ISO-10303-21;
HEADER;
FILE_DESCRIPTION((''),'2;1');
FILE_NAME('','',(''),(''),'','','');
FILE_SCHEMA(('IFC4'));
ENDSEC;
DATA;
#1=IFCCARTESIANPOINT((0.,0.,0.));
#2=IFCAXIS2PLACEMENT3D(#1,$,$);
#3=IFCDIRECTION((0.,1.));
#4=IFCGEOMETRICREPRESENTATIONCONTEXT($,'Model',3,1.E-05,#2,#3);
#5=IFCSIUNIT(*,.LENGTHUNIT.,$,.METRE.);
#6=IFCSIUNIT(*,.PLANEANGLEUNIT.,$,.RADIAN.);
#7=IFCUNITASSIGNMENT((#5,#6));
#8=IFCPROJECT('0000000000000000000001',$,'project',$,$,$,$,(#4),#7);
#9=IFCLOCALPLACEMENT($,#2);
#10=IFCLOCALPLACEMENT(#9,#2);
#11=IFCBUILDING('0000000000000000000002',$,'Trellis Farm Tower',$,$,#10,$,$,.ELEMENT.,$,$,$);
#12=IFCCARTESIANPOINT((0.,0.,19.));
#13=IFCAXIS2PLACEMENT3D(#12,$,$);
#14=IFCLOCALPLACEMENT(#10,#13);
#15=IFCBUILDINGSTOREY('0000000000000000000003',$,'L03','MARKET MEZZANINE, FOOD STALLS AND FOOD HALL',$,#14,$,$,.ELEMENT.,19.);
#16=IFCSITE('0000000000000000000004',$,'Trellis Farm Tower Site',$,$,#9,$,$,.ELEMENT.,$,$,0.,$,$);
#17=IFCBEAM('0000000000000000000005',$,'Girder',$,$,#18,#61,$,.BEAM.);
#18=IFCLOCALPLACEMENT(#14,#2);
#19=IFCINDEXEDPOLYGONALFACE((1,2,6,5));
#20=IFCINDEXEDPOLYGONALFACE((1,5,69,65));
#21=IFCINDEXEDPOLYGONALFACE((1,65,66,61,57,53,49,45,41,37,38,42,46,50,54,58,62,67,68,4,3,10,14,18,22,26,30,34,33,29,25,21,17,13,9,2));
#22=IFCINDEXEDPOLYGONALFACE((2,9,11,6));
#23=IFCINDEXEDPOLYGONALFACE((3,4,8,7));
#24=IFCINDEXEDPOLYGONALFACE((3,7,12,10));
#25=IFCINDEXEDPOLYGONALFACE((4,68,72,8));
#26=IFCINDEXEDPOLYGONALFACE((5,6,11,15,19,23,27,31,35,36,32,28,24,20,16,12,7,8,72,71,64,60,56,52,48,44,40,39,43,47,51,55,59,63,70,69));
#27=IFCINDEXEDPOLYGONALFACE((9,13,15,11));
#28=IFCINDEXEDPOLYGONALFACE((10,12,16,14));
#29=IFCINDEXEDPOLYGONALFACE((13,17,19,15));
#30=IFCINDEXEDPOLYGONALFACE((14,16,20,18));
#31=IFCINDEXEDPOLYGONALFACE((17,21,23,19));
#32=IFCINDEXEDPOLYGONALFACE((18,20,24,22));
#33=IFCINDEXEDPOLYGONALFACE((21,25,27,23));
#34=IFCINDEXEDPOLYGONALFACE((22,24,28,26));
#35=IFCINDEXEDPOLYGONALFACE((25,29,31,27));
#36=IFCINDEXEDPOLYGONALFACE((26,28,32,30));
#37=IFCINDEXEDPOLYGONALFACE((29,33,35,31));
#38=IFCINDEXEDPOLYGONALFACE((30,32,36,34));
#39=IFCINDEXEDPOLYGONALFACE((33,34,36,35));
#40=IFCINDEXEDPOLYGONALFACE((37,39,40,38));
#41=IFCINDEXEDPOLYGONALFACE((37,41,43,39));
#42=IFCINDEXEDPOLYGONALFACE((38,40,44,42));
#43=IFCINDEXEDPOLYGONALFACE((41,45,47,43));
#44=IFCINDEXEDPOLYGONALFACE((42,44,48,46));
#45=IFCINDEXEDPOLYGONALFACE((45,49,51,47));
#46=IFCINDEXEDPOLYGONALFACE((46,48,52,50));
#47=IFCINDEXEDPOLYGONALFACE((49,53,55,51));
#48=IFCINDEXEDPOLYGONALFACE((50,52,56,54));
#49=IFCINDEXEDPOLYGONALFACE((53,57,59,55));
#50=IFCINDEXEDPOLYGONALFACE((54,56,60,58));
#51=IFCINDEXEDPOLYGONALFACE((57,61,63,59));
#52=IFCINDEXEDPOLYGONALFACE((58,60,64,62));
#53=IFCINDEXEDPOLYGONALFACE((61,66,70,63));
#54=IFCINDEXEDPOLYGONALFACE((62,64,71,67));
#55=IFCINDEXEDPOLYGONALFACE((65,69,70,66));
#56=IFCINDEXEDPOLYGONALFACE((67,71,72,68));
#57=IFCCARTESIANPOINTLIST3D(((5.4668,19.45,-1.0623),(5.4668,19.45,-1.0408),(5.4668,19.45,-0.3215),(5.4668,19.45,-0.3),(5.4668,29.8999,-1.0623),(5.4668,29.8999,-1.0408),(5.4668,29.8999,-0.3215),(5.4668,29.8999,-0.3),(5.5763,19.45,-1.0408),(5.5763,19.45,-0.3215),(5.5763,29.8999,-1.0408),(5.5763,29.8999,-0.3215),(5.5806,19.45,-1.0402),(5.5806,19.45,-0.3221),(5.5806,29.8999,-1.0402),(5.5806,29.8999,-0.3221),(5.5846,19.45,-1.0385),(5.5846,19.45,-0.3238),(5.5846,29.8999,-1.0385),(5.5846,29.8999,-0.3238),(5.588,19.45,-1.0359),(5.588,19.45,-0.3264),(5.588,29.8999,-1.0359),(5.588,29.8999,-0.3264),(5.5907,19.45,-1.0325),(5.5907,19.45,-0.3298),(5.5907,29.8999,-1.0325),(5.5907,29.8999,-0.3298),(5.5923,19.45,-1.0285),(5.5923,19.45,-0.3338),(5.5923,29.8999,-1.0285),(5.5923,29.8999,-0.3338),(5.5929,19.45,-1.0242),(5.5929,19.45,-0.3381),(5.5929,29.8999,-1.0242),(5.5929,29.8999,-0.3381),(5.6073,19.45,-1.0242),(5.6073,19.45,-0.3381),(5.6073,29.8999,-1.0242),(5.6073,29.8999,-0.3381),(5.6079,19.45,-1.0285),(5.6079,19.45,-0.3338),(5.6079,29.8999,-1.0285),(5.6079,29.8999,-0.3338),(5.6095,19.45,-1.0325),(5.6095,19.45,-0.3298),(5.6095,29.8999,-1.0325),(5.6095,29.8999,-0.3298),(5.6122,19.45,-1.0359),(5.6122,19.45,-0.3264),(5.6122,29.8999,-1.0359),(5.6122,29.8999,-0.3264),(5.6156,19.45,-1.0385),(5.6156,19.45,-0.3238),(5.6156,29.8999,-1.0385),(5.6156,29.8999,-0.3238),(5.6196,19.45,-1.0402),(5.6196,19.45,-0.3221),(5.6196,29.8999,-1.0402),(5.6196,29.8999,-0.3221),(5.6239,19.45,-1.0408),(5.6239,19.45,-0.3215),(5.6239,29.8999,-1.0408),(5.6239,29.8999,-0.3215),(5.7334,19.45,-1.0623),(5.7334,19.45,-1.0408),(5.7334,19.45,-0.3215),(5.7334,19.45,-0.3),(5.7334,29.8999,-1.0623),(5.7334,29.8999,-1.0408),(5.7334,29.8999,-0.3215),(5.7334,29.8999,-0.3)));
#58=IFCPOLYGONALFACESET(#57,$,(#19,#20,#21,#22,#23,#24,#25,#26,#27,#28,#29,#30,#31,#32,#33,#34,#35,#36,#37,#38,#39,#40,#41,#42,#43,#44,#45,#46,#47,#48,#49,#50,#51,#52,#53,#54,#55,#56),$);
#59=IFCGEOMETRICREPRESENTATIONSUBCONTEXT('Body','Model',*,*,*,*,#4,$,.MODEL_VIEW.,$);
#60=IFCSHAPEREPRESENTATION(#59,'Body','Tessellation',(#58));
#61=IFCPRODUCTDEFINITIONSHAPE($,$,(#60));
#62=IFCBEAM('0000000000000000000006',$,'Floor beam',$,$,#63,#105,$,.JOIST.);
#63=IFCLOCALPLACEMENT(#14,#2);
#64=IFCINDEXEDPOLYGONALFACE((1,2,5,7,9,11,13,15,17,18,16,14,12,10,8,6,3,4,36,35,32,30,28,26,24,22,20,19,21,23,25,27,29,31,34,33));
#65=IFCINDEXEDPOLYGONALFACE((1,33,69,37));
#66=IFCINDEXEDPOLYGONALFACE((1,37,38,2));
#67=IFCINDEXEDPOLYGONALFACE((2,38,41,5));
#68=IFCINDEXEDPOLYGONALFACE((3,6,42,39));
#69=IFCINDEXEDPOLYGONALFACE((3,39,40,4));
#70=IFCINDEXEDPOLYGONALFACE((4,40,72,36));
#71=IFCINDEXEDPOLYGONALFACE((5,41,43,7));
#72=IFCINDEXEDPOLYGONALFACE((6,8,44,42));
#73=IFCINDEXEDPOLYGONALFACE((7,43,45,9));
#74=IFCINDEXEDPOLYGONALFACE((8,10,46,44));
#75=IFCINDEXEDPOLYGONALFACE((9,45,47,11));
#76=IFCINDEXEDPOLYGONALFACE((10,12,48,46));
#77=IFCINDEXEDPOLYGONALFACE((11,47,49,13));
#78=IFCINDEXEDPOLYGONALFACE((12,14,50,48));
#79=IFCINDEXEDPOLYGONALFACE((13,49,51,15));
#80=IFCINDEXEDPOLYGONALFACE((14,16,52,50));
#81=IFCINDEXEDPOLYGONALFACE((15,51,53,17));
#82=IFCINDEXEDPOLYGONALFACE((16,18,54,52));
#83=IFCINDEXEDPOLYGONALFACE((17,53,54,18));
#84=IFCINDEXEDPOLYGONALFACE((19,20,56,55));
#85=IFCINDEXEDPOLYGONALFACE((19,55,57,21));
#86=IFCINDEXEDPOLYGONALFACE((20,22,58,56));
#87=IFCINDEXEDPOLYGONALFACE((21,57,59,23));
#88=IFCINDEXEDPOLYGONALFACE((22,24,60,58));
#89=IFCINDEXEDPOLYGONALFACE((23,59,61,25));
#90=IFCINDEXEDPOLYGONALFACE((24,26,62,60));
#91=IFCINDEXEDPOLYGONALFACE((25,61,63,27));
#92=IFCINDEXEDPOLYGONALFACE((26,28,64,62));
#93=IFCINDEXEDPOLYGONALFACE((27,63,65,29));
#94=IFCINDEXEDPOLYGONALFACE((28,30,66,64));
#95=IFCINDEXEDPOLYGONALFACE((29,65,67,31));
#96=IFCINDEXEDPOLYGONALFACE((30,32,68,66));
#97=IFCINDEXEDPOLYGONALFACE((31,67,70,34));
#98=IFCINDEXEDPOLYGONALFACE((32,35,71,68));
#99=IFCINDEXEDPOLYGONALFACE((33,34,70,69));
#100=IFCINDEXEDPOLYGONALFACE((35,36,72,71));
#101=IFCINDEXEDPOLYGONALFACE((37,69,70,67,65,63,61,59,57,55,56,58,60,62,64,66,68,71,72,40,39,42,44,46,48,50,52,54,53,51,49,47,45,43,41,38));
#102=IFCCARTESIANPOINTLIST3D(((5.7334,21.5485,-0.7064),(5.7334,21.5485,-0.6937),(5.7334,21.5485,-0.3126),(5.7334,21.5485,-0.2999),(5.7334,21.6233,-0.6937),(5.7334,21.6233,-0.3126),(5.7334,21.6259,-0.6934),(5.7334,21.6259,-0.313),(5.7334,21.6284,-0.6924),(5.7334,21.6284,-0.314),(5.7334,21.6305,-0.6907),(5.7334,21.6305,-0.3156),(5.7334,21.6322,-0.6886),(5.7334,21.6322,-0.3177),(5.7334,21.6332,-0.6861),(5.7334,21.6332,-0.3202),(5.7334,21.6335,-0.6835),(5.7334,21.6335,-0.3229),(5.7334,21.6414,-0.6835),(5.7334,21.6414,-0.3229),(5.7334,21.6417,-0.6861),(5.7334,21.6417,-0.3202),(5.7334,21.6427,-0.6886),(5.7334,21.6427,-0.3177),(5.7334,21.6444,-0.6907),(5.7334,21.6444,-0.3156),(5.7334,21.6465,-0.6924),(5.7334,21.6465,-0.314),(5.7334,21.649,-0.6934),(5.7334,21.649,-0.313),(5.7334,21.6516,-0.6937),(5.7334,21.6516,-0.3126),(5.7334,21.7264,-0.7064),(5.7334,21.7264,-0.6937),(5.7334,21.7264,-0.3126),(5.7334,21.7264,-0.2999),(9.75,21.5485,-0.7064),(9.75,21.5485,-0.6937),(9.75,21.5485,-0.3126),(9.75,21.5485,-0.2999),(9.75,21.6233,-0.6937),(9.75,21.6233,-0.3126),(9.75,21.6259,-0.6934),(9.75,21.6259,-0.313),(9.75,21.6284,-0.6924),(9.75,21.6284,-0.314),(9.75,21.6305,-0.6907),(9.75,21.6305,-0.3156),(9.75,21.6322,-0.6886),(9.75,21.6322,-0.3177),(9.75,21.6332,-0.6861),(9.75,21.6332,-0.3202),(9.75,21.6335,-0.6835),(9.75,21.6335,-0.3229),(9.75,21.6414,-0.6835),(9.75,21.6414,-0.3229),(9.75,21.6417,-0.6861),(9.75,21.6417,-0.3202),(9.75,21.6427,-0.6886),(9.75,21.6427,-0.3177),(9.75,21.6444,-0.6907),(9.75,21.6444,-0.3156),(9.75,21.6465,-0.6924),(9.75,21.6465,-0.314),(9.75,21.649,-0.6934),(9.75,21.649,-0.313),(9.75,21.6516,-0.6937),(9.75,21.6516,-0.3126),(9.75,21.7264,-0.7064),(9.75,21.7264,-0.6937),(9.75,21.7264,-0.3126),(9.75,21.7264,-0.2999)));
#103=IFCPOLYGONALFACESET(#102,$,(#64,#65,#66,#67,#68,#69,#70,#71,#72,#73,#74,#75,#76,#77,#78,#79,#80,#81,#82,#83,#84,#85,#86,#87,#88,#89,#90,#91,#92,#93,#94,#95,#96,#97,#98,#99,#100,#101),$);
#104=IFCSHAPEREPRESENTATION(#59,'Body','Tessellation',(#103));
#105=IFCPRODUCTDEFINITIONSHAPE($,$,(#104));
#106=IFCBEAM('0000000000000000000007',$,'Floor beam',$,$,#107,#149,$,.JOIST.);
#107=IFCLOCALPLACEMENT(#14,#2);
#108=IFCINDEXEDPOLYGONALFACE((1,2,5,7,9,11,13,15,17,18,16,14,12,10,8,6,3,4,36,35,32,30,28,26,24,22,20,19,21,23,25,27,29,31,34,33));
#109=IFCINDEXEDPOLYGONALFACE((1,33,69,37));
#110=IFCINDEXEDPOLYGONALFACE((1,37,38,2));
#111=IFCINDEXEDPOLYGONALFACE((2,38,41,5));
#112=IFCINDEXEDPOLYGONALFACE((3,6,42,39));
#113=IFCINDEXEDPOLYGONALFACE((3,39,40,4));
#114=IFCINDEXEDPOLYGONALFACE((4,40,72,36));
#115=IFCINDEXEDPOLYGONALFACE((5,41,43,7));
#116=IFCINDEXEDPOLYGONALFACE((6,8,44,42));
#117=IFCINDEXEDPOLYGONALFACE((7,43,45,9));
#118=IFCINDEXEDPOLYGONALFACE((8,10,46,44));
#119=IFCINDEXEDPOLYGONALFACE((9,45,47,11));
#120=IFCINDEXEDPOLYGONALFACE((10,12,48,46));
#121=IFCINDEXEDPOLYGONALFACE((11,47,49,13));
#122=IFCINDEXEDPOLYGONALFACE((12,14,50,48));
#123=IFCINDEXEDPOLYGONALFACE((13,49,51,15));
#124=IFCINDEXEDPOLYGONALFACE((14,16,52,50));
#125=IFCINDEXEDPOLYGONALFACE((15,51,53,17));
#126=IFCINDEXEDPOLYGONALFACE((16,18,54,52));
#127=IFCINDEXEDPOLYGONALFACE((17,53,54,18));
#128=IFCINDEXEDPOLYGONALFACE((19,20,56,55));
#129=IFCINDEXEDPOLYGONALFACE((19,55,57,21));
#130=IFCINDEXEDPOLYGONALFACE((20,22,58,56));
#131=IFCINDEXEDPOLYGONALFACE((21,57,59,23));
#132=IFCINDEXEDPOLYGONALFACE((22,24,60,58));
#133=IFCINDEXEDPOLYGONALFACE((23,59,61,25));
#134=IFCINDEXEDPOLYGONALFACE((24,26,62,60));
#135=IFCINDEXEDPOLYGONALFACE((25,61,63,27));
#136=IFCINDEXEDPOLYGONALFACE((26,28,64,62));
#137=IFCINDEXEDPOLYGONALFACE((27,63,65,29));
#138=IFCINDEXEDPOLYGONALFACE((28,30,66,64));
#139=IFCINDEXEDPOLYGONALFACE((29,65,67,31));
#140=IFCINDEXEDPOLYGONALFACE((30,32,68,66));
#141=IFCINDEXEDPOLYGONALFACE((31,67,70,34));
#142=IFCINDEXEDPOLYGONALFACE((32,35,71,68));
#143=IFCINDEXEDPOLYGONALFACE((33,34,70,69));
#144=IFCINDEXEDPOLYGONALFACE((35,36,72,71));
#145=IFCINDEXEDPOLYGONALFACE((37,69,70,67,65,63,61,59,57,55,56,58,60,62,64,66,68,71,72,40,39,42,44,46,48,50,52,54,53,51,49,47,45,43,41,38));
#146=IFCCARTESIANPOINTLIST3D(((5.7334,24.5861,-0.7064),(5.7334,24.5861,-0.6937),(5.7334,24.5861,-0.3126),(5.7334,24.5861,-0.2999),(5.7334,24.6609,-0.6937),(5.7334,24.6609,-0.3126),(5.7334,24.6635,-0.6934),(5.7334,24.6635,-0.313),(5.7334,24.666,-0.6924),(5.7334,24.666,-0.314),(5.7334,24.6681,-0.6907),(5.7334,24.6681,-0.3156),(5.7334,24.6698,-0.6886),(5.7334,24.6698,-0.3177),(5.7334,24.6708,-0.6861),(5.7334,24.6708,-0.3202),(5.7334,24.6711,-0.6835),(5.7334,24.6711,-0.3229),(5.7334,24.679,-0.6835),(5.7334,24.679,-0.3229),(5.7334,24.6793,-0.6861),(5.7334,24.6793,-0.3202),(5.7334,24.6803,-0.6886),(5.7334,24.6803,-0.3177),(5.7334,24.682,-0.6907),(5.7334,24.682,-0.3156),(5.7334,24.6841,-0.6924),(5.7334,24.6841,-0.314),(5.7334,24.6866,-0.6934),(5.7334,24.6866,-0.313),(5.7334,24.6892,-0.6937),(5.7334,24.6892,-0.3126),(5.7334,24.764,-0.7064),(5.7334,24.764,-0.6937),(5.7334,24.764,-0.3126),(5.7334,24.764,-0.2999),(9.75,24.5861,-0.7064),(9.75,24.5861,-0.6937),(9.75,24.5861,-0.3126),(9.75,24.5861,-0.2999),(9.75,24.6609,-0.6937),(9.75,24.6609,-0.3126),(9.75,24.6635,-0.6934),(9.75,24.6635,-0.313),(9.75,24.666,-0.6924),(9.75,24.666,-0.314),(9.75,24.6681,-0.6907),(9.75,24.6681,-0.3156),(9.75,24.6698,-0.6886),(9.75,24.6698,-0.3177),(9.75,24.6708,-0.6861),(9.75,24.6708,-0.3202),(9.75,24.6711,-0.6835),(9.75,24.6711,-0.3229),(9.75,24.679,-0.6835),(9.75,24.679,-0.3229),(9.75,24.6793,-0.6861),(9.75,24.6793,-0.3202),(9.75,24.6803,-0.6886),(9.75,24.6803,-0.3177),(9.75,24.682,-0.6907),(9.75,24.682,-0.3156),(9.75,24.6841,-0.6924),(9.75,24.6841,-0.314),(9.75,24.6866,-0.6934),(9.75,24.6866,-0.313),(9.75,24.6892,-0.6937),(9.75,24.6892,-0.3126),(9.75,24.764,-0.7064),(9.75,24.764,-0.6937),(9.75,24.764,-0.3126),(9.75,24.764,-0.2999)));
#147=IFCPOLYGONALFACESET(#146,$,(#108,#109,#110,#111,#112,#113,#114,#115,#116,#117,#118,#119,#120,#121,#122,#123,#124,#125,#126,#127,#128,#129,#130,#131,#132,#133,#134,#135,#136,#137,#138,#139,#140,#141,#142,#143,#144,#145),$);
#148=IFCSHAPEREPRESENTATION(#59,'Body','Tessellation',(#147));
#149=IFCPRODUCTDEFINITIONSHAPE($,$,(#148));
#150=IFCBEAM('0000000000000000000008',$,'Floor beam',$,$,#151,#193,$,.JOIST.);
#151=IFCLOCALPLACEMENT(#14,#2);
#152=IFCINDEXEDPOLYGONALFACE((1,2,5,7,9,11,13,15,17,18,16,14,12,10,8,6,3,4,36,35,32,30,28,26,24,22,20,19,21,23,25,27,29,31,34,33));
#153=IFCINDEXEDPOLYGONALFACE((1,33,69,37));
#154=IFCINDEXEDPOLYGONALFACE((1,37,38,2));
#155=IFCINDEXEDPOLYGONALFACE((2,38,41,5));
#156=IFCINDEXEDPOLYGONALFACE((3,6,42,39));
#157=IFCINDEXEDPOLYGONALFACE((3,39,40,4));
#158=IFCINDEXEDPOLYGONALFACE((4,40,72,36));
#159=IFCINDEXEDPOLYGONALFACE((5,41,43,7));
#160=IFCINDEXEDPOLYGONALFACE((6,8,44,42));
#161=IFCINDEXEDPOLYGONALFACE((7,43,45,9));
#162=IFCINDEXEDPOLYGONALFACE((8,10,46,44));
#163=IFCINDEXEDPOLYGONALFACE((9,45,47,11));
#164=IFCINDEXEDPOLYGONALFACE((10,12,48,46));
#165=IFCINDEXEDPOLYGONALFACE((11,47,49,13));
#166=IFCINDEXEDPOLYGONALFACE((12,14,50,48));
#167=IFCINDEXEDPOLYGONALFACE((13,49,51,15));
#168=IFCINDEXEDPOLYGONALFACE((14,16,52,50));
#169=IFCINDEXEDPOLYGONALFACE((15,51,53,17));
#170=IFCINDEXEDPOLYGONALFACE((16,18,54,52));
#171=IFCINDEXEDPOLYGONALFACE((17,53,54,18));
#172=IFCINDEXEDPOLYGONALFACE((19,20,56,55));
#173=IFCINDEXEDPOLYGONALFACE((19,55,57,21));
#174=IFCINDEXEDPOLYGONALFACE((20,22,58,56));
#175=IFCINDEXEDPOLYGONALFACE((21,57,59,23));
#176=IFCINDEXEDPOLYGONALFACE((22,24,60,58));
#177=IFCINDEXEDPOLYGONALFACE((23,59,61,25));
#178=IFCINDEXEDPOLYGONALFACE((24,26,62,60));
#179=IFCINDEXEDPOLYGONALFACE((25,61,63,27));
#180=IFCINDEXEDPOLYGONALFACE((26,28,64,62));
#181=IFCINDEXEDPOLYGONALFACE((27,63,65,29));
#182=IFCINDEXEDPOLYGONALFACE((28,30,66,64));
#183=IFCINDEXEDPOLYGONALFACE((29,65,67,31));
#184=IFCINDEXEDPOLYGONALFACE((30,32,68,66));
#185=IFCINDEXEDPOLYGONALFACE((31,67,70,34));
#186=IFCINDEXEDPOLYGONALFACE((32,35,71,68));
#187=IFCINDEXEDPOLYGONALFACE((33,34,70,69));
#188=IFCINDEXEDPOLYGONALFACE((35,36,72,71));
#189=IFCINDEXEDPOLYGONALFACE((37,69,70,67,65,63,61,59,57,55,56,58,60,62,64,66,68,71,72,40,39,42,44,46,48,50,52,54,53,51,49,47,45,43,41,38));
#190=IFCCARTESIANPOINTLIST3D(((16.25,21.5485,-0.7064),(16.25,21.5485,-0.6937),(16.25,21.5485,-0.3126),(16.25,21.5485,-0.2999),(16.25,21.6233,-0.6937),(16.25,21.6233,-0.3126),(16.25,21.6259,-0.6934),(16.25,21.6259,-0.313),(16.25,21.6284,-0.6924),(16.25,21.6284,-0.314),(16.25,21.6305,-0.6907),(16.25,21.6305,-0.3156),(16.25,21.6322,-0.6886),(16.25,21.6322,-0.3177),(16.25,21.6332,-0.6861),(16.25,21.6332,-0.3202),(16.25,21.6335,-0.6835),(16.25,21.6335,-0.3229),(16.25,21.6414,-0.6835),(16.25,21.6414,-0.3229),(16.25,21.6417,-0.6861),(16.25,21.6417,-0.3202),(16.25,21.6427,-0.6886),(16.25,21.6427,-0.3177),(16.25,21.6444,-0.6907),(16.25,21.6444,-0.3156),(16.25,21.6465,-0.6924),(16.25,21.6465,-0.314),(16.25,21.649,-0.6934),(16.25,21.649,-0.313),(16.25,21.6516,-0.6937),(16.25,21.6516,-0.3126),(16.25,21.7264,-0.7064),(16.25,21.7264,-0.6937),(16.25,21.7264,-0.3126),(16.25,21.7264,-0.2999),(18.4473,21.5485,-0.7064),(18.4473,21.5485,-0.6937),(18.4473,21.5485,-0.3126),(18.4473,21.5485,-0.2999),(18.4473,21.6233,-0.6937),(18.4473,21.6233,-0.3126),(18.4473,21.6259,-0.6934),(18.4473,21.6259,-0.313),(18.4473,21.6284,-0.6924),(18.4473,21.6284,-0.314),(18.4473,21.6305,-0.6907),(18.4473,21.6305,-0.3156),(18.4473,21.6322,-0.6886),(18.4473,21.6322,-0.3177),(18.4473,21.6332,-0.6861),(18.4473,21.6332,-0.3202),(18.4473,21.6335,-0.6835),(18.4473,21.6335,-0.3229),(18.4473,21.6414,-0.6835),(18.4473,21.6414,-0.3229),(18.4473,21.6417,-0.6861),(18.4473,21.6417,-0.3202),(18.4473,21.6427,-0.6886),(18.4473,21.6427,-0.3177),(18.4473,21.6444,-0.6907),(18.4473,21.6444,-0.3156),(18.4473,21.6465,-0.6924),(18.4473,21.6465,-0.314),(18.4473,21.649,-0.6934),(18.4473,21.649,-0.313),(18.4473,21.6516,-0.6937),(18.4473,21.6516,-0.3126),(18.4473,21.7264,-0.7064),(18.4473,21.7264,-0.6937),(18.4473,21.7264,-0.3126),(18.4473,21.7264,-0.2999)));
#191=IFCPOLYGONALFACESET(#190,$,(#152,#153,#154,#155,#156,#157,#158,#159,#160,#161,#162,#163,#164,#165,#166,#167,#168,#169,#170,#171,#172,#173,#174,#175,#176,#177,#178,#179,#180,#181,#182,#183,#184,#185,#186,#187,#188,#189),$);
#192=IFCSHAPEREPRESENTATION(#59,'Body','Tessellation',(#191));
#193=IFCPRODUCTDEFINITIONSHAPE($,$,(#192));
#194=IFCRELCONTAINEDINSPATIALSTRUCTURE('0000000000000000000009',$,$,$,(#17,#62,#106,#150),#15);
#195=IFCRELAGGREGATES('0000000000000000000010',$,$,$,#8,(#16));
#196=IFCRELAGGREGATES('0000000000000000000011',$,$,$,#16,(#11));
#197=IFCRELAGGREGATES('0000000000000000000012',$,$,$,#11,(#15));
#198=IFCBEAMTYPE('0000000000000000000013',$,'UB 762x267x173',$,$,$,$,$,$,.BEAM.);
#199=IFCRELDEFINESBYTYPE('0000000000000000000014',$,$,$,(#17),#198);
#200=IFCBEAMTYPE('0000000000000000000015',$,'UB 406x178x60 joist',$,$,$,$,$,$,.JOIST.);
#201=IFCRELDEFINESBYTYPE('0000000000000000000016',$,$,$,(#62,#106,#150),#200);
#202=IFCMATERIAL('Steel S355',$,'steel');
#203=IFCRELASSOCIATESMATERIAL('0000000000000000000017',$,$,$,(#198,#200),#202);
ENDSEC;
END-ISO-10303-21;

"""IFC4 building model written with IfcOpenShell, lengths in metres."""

from ifc_helpers import new_model, si_unit, direction, frame, origin, origin_2d, place, context, subcontext, project, spatial, i_section, extrude, source, transform, mapped, material, material_profile, profile_set, type_object, element, save


model = new_model("IFC4")

# Units and contexts
model_context = context("Model", 3, precision=1e-05, world=origin(), true_north=direction((0.0, 1.0)))
body_context = subcontext(model_context, "Body", "Model", "MODEL_VIEW")
ifc_project = project(units=[si_unit("LENGTHUNIT", "METRE"), si_unit("PLANEANGLEUNIT", "RADIAN")], contexts=[model_context])

# Site, building, storey
site_placement = place(None, origin())
site = spatial("IfcSite", under=ifc_project, at=site_placement, Name="Trellis Farm Tower Site", CompositionType="ELEMENT", RefElevation=0.0)
building_placement = place(site_placement, origin())
building = spatial("IfcBuilding", under=site, at=building_placement, Name="Trellis Farm Tower", CompositionType="ELEMENT")
storey_placement = place(building_placement, frame((0.0, 0.0, 19.0)))
storey = spatial("IfcBuildingStorey", under=building, at=storey_placement, Name="L03", Description="MARKET MEZZANINE, FOOD STALLS AND FOOD HALL", CompositionType="ELEMENT", Elevation=19.0)

# Beams
ifc_material_1 = material(Name="Steel S355", Category="steel")
ifc_material_profile_1 = material_profile(ifc_material_1, i_section(OverallWidth=0.2666, OverallDepth=0.7622, WebThickness=0.0144, FlangeThickness=0.0215, FilletRadius=0.0166, at=origin_2d()), Name="UB 762x267x173")
ifc_profile_set_1 = profile_set([ifc_material_profile_1], Name="Steel S355")
beam_type_1 = type_object("IfcBeamType", Name="UB 762x267x173", PredefinedType="BEAM", material=ifc_profile_set_1)
shared_shape_1 = source(origin(), body_context, "Body", "SweptSolid", [
    extrude(i_section(OverallWidth=0.2666, OverallDepth=0.7622, WebThickness=0.0144, FlangeThickness=0.0215, FilletRadius=0.0166, at=origin_2d()), origin(), (0.0, 0.0, 1.0), 10.45),
])
beam_1_placement = place(storey_placement, frame((5.6001, 19.45, -0.6812), z_axis=(0.0, 1.0, 0.0), x_axis=(-1.0, 0.0, 0.0)))
element("IfcBeam", 1, at=beam_1_placement, inside=storey, type_object=beam_type_1, Name="Girder", PredefinedType="BEAM", context=body_context, shape_type="MappedRepresentation", body=[
    mapped(shared_shape_1, transform((0.0, 0.0, 0.0))),
])
ifc_material_profile_2 = material_profile(ifc_material_1, i_section(OverallWidth=0.178, OverallDepth=0.4065, WebThickness=0.0078, FlangeThickness=0.0127, FilletRadius=0.0103, at=origin_2d()), Name="UB 406x178x60")
ifc_profile_set_2 = profile_set([ifc_material_profile_2], Name="Steel S355")
beam_type_2 = type_object("IfcBeamType", Name="UB 406x178x60 joist", PredefinedType="JOIST", material=ifc_profile_set_2)
shared_shape_2 = source(origin(), body_context, "Body", "SweptSolid", [
    extrude(i_section(OverallWidth=0.178, OverallDepth=0.4065, WebThickness=0.0078, FlangeThickness=0.0127, FilletRadius=0.0103, at=origin_2d()), origin(), (0.0, 0.0, 1.0), 4.0166),
])
for number, where, z_axis, x_axis, name in (
    (2, (5.7334, 21.6375, -0.5032), (1.0, 0.0, 0.0), (0.0, 1.0, 0.0), "Floor beam"),
    (3, (5.7334, 24.675, -0.5032), (1.0, 0.0, 0.0), (0.0, 1.0, 0.0), "Floor beam"),
):
    element("IfcBeam", number, at=place(storey_placement, frame(where, z_axis=z_axis, x_axis=x_axis)), inside=storey, type_object=beam_type_2, Name=name, PredefinedType="JOIST", context=body_context, shape_type="MappedRepresentation", body=[
        mapped(shared_shape_2, transform((0.0, 0.0, 0.0))),
    ])
shared_shape_3 = source(origin(), body_context, "Body", "SweptSolid", [
    extrude(i_section(OverallWidth=0.178, OverallDepth=0.4065, WebThickness=0.0078, FlangeThickness=0.0127, FilletRadius=0.0103, at=origin_2d()), origin(), (0.0, 0.0, 1.0), 2.1973),
])
for number, where, z_axis, x_axis, name in (
    (4, (16.25, 21.6375, -0.5032), (1.0, 0.0, 0.0), (0.0, 1.0, 0.0), "Floor beam"),
):
    element("IfcBeam", number, at=place(storey_placement, frame(where, z_axis=z_axis, x_axis=x_axis)), inside=storey, type_object=beam_type_2, Name=name, PredefinedType="JOIST", context=body_context, shape_type="MappedRepresentation", body=[
        mapped(shared_shape_3, transform((0.0, 0.0, 0.0))),
    ])

save(model, "model.ifc")
